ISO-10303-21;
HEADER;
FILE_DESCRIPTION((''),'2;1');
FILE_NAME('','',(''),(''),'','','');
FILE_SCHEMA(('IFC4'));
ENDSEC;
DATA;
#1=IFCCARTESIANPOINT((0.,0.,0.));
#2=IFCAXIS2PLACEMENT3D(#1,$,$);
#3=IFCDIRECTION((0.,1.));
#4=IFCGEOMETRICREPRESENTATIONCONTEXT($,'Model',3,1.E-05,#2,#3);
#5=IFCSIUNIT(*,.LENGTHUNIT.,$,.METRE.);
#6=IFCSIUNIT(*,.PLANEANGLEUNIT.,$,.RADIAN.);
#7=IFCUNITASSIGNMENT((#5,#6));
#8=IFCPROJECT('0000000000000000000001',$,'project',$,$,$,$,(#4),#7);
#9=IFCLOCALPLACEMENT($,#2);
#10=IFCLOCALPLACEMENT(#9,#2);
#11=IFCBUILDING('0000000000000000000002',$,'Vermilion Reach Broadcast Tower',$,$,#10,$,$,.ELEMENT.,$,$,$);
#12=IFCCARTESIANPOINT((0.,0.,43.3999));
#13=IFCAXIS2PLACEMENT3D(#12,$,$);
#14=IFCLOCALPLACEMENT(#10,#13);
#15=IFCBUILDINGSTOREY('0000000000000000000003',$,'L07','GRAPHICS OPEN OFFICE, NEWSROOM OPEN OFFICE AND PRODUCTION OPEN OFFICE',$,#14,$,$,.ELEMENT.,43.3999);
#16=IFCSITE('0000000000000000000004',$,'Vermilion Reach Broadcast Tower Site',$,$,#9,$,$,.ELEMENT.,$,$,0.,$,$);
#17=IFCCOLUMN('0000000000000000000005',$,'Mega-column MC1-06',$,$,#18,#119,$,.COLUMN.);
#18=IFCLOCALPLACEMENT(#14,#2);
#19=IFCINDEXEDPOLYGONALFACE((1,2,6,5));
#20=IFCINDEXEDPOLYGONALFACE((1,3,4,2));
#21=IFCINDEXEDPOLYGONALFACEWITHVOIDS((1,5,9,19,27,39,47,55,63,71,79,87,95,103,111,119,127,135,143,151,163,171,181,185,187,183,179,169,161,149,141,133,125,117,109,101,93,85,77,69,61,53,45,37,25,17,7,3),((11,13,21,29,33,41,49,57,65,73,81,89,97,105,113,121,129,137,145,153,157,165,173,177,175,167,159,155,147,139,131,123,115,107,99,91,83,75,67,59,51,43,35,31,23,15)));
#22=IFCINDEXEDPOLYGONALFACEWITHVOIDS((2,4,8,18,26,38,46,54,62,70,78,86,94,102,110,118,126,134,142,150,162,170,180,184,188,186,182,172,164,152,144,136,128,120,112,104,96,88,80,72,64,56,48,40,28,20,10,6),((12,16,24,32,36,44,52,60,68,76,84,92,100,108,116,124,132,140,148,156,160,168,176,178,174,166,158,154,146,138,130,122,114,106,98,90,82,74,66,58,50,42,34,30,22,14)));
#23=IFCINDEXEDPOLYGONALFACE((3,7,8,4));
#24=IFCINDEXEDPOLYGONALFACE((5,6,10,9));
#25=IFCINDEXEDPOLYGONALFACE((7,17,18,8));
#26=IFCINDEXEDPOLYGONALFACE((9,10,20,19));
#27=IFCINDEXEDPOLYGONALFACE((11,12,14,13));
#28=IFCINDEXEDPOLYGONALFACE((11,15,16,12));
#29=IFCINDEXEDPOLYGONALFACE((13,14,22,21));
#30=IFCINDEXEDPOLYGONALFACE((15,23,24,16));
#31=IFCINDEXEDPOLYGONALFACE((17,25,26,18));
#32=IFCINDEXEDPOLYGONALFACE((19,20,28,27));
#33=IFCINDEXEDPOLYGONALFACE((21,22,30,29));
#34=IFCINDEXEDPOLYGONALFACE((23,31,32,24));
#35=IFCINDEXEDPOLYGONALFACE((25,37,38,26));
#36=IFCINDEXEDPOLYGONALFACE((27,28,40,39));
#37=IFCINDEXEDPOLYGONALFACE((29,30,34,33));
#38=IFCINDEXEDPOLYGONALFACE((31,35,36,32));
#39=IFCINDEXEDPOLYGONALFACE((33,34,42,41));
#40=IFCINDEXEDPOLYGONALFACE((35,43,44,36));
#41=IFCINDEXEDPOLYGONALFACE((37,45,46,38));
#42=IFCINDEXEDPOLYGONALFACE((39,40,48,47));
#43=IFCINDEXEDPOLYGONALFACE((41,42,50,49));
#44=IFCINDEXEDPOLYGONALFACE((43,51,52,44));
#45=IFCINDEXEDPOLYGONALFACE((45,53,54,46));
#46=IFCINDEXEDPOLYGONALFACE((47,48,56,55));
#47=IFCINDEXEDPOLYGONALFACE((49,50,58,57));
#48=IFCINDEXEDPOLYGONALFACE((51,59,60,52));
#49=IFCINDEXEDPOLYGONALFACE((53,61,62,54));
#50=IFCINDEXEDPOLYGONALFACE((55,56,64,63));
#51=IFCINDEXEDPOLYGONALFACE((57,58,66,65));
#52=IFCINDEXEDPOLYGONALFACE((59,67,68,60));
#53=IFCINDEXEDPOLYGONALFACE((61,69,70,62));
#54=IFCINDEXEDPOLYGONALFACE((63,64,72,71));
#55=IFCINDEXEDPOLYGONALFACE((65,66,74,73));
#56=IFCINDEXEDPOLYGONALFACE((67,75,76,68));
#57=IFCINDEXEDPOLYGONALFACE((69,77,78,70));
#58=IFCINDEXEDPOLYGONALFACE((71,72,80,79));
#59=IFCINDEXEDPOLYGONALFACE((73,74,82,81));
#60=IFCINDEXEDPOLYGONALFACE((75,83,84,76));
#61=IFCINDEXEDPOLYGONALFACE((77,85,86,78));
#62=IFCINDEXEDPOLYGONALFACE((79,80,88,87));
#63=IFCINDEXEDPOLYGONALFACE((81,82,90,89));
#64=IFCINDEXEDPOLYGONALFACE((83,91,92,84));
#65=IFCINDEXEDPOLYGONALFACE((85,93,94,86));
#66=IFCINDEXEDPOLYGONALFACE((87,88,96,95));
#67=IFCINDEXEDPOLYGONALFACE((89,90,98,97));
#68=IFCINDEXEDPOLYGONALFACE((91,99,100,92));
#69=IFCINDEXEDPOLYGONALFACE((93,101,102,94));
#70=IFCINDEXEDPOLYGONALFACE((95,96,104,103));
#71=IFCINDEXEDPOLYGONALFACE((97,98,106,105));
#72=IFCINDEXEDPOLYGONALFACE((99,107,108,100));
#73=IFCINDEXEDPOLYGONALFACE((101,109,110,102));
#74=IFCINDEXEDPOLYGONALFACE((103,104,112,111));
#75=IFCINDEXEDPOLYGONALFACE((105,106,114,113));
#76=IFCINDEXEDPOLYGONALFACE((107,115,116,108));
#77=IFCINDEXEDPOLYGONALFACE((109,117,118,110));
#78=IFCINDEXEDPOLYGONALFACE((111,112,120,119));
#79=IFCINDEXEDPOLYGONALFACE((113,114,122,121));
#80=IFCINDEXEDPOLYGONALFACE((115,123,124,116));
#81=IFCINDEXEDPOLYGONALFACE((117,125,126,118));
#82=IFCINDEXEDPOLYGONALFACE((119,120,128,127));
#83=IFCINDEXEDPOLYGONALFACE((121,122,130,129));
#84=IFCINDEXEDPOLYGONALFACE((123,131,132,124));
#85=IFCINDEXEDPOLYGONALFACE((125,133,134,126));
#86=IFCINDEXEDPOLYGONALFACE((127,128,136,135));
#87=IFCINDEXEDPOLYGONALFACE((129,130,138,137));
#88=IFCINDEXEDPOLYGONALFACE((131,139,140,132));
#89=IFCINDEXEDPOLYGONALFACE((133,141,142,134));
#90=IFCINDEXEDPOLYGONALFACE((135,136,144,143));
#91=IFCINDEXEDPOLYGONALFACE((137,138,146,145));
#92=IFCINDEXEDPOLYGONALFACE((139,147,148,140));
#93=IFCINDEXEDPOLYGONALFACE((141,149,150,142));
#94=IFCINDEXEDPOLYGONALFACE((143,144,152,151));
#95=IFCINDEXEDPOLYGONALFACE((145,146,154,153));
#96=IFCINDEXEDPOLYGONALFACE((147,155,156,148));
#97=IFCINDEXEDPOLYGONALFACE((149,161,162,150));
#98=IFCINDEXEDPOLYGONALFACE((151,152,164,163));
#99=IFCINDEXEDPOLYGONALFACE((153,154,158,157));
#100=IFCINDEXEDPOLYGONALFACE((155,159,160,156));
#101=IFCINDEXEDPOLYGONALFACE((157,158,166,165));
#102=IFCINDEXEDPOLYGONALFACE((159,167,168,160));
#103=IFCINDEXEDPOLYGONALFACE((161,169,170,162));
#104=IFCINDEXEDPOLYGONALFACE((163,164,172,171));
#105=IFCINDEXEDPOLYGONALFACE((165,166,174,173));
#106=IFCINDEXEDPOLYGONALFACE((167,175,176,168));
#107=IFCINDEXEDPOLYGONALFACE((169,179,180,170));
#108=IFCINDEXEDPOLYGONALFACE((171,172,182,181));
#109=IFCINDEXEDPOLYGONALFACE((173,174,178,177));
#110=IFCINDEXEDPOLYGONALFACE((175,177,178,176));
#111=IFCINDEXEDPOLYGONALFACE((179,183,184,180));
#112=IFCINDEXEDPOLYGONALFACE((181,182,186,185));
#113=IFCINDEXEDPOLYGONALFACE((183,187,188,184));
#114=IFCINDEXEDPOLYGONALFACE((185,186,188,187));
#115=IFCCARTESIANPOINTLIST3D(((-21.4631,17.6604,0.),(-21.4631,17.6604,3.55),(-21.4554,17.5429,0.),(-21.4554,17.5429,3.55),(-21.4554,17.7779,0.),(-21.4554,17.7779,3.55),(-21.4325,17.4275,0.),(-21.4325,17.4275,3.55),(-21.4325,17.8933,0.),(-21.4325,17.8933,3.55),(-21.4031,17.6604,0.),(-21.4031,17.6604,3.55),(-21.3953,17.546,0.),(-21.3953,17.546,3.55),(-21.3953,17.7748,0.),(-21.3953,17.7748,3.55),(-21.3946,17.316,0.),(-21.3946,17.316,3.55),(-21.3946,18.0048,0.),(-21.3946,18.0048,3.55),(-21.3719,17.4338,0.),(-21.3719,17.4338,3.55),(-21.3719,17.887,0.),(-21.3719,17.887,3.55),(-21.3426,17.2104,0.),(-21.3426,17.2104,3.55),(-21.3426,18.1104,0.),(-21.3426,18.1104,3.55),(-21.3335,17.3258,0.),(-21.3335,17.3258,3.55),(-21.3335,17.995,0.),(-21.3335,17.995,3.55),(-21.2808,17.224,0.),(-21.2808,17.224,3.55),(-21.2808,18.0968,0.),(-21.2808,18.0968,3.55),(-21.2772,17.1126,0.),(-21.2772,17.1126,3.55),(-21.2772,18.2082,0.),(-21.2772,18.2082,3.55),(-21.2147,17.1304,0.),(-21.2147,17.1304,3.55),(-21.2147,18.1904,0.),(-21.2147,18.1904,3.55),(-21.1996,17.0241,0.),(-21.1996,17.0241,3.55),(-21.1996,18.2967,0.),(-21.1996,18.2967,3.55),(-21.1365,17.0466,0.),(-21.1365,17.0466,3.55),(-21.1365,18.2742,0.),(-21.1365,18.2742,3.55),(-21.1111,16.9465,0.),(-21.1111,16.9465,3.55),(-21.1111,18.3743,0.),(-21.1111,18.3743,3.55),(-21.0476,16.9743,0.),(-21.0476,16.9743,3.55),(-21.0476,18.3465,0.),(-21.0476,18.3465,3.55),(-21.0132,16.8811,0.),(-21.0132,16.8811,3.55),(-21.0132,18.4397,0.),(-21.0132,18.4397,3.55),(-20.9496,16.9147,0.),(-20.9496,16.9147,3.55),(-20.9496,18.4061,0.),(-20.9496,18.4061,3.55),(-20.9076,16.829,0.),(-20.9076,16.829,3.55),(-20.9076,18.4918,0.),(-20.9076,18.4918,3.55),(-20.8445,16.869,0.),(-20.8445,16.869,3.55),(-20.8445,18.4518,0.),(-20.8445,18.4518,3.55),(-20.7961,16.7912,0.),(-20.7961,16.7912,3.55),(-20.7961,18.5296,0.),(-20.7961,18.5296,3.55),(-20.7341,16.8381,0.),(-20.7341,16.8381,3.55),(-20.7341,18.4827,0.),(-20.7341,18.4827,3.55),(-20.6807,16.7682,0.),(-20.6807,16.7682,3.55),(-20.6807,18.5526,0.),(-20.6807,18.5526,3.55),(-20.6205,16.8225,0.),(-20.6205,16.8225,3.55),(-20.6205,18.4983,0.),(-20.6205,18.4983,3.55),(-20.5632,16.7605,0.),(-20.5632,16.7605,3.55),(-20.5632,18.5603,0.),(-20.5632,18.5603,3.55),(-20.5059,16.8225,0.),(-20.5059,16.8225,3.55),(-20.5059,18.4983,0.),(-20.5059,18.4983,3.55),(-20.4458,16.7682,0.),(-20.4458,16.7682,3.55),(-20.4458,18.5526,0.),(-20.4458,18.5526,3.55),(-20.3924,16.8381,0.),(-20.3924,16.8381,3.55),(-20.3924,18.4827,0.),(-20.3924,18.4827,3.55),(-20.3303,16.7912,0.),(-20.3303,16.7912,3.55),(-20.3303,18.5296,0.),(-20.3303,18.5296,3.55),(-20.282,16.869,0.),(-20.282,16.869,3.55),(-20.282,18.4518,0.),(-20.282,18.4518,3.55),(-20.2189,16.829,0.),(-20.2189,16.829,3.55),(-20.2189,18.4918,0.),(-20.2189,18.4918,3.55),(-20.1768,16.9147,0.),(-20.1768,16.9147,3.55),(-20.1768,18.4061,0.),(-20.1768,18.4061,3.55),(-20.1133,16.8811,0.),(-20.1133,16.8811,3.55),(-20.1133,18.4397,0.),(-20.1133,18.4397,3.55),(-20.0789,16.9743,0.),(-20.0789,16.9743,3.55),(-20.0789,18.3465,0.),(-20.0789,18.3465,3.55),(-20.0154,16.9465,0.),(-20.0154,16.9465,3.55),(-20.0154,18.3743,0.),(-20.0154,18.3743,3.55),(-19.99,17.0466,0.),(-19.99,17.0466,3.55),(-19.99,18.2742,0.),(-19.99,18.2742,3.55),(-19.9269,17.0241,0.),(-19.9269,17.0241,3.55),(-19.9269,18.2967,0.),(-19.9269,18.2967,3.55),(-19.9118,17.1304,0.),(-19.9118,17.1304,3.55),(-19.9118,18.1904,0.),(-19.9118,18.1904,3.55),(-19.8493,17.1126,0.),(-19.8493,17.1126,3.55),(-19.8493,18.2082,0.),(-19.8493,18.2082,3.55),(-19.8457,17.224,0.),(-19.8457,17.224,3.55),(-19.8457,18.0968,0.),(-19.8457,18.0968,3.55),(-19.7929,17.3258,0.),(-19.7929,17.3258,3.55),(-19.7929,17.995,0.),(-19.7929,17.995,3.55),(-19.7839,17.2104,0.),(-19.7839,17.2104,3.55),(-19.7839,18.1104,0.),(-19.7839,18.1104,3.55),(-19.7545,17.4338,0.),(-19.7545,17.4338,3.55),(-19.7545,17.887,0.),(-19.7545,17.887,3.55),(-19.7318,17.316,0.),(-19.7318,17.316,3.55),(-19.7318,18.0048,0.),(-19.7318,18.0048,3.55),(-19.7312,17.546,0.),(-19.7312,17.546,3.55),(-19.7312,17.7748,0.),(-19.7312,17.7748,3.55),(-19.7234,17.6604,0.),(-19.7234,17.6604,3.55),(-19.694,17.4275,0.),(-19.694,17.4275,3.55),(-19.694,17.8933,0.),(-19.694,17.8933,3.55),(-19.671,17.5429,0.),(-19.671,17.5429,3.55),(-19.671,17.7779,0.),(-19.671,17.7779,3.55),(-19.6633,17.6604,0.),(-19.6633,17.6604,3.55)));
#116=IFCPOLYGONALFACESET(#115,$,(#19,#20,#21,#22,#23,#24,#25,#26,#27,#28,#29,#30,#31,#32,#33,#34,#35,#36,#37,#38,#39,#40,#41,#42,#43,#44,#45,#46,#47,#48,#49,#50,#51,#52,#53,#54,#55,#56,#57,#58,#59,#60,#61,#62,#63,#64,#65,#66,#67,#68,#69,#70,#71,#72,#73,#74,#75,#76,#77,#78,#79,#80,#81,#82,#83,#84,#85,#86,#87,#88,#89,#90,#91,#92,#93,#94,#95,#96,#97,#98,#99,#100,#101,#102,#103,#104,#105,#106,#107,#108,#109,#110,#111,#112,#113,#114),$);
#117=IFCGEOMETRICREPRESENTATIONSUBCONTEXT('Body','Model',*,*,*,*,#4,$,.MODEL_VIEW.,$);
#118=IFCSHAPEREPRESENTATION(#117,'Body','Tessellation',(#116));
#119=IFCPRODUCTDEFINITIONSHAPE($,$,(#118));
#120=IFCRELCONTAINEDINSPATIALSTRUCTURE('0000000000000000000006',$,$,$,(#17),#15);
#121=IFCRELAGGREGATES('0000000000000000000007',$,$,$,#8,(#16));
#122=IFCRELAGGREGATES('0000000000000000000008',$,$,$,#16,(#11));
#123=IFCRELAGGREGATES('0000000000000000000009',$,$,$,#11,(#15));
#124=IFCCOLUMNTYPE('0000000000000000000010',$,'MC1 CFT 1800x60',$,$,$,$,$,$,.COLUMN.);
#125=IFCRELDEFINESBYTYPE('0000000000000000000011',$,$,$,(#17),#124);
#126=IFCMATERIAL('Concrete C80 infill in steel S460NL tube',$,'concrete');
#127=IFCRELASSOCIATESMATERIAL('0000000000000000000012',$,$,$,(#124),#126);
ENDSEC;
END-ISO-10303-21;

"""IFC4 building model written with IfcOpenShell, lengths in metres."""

from ifc_helpers import new_model, si_unit, direction, frame, origin, origin_2d, place, context, subcontext, project, spatial, hollow_circle, extrude, material, material_profile, profile_set, type_object, element, save


model = new_model("IFC4")

# Units and contexts
model_context = context("Model", 3, precision=1e-05, world=origin(), true_north=direction((0.0, 1.0)))
body_context = subcontext(model_context, "Body", "Model", "MODEL_VIEW")
ifc_project = project(units=[si_unit("LENGTHUNIT", "METRE"), si_unit("PLANEANGLEUNIT", "RADIAN")], contexts=[model_context])

# Site, building, storey
site_placement = place(None, origin())
site = spatial("IfcSite", under=ifc_project, at=site_placement, Name="Vermilion Reach Broadcast Tower Site", CompositionType="ELEMENT", RefElevation=0.0)
building_placement = place(site_placement, origin())
building = spatial("IfcBuilding", under=site, at=building_placement, Name="Vermilion Reach Broadcast Tower", CompositionType="ELEMENT")
storey_placement = place(building_placement, frame((0.0, 0.0, 43.3999)))
storey = spatial("IfcBuildingStorey", under=building, at=storey_placement, Name="L07", Description="GRAPHICS OPEN OFFICE, NEWSROOM OPEN OFFICE AND PRODUCTION OPEN OFFICE", CompositionType="ELEMENT", Elevation=43.3999)

# Column
ifc_material_1 = material(Name="Concrete C80 infill in steel S460NL tube", Category="concrete")
ifc_material_profile_1 = material_profile(ifc_material_1, hollow_circle(Radius=0.8999, WallThickness=0.0601, at=origin_2d()), Name="Concrete C80 infill in steel S460NL tube CFT 1800x60")
ifc_profile_set_1 = profile_set([ifc_material_profile_1], Name="Concrete C80 infill in steel S460NL tube")
column_type = type_object("IfcColumnType", Name="MC1 CFT 1800x60", PredefinedType="COLUMN", material=ifc_profile_set_1)
for number, where, z_axis, x_axis, name in (
    (1, (-20.5632, 17.6604, 0.0), (0.0, 0.0, 1.0), (1.0, 0.0, 0.0), "Mega-column MC1-06"),
):
    element("IfcColumn", number, at=place(storey_placement, frame(where, z_axis=z_axis, x_axis=x_axis)), inside=storey, type_object=column_type, Name=name, PredefinedType="COLUMN", context=body_context, shape_type="SweptSolid", body=[
        extrude(hollow_circle(Radius=0.8999, WallThickness=0.0601, at=origin_2d()), origin(), (0.0, 0.0, 1.0), 3.55),
    ])

save(model, "model.ifc")
